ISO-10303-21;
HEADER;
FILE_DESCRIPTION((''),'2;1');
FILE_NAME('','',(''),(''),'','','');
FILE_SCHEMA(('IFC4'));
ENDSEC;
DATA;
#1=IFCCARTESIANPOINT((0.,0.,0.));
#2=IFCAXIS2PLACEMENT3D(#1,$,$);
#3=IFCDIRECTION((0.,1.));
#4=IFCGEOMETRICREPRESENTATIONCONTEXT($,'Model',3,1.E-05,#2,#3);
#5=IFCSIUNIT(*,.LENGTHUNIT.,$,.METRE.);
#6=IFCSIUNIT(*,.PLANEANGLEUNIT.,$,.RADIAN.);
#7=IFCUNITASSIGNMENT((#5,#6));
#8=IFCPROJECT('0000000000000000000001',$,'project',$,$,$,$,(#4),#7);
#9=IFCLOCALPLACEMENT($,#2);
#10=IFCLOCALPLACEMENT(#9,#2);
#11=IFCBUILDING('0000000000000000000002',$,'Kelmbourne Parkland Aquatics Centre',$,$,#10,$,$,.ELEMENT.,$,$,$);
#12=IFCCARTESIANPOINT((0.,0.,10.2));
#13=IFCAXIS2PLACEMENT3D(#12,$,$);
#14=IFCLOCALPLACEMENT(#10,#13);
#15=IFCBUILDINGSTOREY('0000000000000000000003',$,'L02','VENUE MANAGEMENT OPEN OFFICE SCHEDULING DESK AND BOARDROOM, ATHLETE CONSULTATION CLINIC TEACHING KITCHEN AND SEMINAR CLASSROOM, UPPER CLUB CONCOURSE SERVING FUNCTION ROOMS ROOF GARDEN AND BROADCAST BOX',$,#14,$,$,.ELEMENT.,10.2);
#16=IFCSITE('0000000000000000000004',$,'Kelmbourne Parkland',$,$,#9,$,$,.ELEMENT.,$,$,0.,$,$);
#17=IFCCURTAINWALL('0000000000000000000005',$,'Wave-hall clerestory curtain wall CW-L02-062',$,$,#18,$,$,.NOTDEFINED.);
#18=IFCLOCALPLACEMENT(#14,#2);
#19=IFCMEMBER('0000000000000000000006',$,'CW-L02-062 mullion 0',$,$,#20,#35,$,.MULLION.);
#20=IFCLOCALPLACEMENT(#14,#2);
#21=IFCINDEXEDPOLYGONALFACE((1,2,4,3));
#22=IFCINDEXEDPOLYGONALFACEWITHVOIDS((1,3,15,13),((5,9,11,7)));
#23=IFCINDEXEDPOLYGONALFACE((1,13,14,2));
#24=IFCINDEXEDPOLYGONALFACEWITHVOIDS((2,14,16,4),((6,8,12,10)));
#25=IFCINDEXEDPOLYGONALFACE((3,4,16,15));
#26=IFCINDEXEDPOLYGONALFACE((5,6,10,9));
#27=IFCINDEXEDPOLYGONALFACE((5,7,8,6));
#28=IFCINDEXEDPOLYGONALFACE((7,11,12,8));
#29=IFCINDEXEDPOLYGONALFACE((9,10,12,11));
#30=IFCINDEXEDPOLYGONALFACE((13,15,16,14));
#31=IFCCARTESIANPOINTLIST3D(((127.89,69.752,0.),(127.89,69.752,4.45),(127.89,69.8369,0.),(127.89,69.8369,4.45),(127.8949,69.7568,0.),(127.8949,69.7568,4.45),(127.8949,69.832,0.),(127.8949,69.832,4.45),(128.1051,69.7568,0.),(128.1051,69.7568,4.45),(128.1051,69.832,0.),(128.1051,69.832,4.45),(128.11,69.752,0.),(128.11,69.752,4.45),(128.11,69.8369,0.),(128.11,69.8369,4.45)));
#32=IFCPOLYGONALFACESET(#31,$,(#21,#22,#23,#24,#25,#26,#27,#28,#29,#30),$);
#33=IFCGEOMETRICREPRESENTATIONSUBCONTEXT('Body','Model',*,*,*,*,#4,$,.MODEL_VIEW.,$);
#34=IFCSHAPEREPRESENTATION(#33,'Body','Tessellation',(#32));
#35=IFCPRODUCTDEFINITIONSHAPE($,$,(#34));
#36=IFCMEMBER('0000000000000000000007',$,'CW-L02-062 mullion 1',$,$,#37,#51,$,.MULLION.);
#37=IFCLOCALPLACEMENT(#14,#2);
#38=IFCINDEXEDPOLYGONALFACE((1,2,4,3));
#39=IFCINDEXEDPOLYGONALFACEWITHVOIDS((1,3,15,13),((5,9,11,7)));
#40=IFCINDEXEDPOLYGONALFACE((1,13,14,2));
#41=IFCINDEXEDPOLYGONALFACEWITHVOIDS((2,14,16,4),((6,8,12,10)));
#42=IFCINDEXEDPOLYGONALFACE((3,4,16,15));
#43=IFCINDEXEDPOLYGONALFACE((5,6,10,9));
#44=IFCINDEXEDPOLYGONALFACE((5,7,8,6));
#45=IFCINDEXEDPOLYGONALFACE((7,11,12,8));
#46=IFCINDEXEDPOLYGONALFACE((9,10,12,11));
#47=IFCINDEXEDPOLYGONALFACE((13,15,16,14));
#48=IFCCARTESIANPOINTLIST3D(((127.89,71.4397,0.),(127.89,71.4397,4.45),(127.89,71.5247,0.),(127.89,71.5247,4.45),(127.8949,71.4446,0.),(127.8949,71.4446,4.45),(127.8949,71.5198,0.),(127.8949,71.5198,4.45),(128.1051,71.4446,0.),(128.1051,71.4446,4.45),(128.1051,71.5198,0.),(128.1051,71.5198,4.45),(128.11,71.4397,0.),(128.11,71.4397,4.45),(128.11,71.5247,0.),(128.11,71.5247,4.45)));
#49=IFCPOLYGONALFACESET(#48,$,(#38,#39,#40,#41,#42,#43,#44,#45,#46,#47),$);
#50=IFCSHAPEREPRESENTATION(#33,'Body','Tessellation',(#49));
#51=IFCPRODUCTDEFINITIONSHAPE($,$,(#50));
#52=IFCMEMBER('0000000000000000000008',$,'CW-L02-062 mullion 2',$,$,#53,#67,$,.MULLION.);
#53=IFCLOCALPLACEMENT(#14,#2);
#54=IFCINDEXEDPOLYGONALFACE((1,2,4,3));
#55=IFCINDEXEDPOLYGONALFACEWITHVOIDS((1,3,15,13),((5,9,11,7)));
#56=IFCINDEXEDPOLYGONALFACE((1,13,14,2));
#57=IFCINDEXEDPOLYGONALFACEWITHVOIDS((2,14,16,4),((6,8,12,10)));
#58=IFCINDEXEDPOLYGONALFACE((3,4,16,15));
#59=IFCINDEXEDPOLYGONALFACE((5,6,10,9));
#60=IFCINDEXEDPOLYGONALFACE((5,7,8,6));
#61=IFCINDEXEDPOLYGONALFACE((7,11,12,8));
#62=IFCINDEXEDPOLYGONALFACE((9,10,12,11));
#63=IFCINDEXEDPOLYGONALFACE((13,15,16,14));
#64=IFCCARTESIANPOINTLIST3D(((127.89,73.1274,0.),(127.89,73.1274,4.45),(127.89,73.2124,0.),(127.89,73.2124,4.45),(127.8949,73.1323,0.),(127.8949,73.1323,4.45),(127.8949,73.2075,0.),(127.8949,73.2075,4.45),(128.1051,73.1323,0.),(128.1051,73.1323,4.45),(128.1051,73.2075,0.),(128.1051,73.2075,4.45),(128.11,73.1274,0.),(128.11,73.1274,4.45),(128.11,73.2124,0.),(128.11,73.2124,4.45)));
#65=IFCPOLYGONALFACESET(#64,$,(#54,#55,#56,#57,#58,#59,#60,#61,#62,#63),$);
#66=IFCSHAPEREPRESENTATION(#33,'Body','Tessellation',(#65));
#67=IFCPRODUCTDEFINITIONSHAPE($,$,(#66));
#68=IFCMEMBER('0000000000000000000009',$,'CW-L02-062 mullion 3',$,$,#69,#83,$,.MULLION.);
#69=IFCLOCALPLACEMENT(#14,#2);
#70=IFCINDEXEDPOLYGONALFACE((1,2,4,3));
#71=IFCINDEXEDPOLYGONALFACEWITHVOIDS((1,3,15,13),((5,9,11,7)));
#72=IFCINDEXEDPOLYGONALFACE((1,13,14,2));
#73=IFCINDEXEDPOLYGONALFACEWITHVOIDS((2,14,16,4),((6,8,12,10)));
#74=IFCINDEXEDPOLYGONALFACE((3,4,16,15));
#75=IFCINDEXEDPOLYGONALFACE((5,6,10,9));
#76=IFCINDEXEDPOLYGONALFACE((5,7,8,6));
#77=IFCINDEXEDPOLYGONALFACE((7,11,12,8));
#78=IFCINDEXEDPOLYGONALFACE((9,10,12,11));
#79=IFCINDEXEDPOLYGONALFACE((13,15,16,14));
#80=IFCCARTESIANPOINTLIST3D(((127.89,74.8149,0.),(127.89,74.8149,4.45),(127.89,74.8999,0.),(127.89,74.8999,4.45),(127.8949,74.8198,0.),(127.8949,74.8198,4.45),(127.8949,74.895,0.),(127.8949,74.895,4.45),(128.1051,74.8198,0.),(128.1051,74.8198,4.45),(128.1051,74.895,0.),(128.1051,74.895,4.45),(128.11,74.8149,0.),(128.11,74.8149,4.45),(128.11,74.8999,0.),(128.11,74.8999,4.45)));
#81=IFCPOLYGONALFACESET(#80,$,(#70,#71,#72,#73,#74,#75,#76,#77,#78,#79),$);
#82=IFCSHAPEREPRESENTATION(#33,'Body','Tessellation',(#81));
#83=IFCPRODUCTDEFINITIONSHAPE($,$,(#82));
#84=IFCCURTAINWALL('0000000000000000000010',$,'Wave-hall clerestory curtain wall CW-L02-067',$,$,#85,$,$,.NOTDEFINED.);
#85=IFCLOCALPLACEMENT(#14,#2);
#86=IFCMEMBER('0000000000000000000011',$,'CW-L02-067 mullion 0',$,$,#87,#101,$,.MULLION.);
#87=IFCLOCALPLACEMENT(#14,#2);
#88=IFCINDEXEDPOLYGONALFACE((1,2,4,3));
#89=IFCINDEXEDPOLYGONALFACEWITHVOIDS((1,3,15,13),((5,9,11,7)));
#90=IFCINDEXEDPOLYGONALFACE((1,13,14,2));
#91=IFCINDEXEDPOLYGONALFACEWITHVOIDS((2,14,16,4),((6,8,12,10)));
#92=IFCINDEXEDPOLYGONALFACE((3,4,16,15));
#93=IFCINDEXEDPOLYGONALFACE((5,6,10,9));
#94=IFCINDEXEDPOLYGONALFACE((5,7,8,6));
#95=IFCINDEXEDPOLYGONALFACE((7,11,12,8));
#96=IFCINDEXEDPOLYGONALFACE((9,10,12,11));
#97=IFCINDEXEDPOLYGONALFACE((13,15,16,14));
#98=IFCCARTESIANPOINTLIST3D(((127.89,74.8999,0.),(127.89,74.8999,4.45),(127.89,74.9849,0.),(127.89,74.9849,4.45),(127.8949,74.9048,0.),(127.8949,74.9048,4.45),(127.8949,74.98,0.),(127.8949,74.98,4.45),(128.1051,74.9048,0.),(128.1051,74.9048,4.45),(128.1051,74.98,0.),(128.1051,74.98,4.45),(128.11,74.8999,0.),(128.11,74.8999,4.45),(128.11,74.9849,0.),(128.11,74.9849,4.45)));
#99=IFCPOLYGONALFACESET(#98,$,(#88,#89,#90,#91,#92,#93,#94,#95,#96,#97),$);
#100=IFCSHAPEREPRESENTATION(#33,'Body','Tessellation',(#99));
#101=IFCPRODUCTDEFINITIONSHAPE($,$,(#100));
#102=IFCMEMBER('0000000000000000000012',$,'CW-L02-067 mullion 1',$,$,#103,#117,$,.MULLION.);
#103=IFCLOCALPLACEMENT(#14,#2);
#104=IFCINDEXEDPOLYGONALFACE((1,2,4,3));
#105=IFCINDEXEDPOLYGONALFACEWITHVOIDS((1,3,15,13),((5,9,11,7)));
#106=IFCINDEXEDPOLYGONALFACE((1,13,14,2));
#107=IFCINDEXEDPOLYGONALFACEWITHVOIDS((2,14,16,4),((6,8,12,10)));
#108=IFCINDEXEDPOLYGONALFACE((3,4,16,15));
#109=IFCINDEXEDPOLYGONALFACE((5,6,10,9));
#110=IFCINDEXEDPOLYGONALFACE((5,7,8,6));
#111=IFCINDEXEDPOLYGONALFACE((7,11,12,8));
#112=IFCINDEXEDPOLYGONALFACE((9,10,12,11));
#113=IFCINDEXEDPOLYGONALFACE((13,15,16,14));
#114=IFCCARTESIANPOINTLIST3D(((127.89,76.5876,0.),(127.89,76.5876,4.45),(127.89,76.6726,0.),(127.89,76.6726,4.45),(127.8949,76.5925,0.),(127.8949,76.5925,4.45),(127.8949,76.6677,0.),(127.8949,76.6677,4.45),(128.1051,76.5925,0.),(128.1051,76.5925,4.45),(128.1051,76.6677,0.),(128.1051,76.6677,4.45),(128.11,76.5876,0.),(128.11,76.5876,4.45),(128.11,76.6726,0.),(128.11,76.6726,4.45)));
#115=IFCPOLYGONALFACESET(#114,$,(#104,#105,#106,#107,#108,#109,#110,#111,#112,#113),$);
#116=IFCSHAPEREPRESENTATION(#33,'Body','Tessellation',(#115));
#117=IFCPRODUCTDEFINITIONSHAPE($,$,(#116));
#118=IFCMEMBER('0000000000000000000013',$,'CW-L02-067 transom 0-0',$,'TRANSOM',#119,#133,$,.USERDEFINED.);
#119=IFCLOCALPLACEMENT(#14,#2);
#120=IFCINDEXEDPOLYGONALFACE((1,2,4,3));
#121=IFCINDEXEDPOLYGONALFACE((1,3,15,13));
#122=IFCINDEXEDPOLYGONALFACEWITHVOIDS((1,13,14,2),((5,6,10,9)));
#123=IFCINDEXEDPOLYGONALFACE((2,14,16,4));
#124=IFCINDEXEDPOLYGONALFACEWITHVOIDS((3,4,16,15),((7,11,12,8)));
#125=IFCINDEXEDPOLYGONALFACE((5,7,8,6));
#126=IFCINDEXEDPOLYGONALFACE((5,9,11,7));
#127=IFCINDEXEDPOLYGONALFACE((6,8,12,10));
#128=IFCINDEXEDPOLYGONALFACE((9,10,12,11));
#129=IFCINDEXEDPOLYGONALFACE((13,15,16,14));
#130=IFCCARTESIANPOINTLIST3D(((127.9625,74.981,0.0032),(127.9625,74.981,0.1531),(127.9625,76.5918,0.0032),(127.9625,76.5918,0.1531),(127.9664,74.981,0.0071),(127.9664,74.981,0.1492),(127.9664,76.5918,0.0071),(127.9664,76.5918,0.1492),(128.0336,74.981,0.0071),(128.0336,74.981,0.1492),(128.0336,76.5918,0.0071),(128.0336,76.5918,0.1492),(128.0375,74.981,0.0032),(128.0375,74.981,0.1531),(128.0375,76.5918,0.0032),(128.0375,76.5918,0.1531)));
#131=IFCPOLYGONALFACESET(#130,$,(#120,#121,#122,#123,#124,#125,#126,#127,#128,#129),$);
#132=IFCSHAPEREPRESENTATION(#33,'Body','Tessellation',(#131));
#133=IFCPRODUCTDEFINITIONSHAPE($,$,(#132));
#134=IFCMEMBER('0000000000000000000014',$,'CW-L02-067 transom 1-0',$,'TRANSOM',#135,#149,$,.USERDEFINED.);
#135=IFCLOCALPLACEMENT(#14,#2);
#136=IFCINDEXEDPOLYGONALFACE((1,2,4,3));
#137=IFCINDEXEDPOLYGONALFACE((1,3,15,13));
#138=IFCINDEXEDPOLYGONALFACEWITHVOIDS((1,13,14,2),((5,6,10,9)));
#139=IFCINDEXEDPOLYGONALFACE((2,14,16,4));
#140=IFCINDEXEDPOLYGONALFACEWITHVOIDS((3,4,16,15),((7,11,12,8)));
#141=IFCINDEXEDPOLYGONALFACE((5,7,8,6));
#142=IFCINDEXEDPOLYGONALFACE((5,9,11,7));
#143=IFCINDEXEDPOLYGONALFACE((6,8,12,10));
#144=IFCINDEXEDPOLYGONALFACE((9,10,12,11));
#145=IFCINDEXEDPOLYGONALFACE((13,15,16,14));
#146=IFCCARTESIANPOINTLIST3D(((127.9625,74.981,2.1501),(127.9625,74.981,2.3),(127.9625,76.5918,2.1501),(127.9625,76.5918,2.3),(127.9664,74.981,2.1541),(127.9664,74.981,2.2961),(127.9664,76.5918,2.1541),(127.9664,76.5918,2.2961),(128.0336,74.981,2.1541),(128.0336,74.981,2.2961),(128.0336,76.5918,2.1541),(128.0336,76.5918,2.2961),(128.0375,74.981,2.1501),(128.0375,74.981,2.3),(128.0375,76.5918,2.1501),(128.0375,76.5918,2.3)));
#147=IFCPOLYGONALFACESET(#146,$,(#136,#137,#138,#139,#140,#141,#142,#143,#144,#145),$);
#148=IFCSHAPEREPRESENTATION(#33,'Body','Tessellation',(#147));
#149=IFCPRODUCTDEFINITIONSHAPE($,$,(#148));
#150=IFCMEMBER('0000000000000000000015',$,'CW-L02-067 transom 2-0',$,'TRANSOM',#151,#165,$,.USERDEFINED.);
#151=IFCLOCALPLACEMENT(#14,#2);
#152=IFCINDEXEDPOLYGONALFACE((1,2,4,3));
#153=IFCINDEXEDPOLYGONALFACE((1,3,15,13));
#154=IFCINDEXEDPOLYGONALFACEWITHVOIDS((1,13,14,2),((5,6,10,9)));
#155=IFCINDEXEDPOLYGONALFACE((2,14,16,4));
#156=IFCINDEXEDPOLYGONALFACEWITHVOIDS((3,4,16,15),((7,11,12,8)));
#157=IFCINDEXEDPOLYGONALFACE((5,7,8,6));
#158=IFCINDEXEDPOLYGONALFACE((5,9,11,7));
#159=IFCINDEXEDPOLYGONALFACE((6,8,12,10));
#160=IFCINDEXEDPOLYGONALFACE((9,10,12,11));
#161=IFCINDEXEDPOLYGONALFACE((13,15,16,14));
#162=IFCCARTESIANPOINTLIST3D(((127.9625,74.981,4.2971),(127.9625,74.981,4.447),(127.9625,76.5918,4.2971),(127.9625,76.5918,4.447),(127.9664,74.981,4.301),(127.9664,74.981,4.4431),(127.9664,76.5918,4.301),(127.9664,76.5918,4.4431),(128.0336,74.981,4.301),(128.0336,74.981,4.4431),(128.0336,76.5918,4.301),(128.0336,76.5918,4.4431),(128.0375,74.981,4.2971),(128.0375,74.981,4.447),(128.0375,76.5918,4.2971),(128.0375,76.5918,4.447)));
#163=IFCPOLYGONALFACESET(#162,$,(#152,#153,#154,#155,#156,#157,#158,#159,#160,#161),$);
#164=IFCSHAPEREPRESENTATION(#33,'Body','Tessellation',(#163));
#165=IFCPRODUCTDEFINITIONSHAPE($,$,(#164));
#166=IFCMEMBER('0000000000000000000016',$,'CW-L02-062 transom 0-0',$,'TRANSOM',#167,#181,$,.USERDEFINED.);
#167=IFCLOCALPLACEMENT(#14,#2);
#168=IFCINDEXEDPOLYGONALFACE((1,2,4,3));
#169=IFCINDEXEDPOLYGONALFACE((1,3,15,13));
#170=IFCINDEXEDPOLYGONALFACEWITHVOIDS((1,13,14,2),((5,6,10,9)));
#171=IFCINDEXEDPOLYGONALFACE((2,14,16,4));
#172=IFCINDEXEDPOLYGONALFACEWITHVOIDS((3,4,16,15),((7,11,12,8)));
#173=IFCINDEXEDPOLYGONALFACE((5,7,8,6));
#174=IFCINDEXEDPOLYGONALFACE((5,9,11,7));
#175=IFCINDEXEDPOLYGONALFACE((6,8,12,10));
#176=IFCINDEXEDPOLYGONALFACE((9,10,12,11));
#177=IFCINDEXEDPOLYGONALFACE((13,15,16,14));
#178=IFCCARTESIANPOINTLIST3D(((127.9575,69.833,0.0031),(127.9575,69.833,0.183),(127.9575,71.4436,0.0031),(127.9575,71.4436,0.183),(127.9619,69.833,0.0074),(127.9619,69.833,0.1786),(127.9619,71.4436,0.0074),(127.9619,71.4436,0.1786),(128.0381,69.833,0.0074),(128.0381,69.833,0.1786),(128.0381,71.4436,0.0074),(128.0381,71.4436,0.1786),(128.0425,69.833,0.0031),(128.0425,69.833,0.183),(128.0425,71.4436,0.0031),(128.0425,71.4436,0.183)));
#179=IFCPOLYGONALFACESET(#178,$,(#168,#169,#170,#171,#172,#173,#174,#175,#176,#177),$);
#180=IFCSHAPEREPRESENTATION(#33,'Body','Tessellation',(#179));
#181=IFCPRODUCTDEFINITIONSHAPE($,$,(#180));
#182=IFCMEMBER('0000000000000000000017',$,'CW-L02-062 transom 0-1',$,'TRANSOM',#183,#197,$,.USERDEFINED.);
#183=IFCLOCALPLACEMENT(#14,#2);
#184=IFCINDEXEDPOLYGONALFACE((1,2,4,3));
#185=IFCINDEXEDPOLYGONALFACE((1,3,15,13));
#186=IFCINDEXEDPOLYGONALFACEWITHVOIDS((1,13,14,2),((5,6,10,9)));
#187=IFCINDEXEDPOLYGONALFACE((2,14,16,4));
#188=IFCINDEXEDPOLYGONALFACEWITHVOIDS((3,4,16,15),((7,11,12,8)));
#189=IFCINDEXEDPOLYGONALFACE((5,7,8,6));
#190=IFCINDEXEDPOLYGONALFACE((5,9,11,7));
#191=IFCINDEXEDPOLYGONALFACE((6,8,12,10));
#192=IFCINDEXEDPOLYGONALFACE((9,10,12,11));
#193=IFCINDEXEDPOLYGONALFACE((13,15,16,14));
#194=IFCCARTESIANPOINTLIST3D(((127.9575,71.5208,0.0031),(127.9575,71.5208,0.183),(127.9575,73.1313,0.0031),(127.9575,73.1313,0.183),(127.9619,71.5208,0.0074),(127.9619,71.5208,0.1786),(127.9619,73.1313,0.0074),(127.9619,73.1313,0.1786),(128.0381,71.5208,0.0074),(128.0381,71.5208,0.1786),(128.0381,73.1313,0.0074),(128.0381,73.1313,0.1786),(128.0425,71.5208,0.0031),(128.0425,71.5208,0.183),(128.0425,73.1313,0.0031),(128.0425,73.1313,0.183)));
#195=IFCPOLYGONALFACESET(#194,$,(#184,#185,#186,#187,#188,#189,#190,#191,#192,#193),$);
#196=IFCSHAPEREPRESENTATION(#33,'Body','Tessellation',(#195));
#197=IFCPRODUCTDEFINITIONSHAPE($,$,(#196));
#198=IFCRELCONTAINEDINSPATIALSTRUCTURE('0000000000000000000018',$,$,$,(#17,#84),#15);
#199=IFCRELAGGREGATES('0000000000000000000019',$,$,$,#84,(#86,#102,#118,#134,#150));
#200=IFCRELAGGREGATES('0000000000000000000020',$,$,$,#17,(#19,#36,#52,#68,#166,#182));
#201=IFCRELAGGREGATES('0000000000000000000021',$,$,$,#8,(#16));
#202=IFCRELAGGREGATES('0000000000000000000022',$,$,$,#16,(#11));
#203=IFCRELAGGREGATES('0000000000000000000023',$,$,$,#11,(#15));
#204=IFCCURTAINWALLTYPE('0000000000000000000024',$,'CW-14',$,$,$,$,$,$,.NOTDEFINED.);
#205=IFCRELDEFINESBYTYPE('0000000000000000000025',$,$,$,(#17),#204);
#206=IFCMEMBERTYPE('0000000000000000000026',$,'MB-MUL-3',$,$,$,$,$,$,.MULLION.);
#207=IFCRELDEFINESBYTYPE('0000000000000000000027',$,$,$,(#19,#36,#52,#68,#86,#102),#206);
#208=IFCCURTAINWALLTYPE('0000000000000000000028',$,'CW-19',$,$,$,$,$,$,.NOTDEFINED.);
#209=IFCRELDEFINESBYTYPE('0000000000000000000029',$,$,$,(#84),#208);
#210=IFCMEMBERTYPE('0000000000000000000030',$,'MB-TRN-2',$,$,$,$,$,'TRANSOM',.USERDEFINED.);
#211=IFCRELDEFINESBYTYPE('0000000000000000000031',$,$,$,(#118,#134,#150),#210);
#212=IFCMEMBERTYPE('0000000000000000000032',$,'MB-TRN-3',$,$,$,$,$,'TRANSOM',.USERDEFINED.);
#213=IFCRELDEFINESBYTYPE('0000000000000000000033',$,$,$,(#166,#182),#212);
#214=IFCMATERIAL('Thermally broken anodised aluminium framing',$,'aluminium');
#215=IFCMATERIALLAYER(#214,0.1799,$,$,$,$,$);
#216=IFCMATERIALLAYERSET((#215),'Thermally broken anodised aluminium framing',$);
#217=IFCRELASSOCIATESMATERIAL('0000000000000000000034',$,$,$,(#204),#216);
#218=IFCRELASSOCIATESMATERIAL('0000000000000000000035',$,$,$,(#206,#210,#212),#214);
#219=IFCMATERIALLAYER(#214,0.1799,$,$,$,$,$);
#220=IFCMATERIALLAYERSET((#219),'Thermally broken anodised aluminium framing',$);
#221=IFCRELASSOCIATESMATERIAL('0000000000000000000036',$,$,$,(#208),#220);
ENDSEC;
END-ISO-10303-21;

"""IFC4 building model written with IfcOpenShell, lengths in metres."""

from ifc_helpers import new_model, si_unit, direction, frame, origin, origin_2d, place, context, subcontext, project, spatial, hollow_rectangle, extrude, material, layer, layer_set, material_profile, profile_set, type_object, element, aggregate, save


model = new_model("IFC4")

# Units and contexts
model_context = context("Model", 3, precision=1e-05, world=origin(), true_north=direction((0.0, 1.0)))
body_context = subcontext(model_context, "Body", "Model", "MODEL_VIEW")
ifc_project = project(units=[si_unit("LENGTHUNIT", "METRE"), si_unit("PLANEANGLEUNIT", "RADIAN")], contexts=[model_context])

# Site, building, storey
site_placement = place(None, origin())
site = spatial("IfcSite", under=ifc_project, at=site_placement, Name="Kelmbourne Parkland", CompositionType="ELEMENT", RefElevation=0.0)
building_placement = place(site_placement, origin())
building = spatial("IfcBuilding", under=site, at=building_placement, Name="Kelmbourne Parkland Aquatics Centre", CompositionType="ELEMENT")
storey_placement = place(building_placement, frame((0.0, 0.0, 10.2)))
storey = spatial("IfcBuildingStorey", under=building, at=storey_placement, Name="L02", Description="VENUE MANAGEMENT OPEN OFFICE SCHEDULING DESK AND BOARDROOM, ATHLETE CONSULTATION CLINIC TEACHING KITCHEN AND SEMINAR CLASSROOM, UPPER CLUB CONCOURSE SERVING FUNCTION ROOMS ROOF GARDEN AND BROADCAST BOX", CompositionType="ELEMENT", Elevation=10.2)

# Curtain walls, members
ifc_material_1 = material(Name="Thermally broken anodised aluminium framing", Category="aluminium")
ifc_layer_1 = layer(ifc_material_1, 0.1799)
ifc_layer_set_1 = layer_set([ifc_layer_1], Name="Thermally broken anodised aluminium framing")
curtain_wall_type_1 = type_object("IfcCurtainWallType", Name="CW-14", PredefinedType="NOTDEFINED", material=ifc_layer_set_1)
curtain_wall_1_placement = place(storey_placement, origin())
curtain_wall_1 = element("IfcCurtainWall", 1, at=curtain_wall_1_placement, inside=storey, type_object=curtain_wall_type_1, Name="Wave-hall clerestory curtain wall CW-L02-062", PredefinedType="NOTDEFINED")
ifc_material_profile_1 = material_profile(ifc_material_1, hollow_rectangle(XDim=0.085, YDim=0.22, WallThickness=0.0049, at=origin_2d()), Name="CW-M 85x220")
ifc_profile_set_1 = profile_set([ifc_material_profile_1], Name="Thermally broken anodised aluminium framing")
member_type_1 = type_object("IfcMemberType", Name="MB-MUL-3", PredefinedType="MULLION", material=ifc_profile_set_1)
member_1_placement = place(storey_placement, frame((128.0, 69.7944, 0.0), z_axis=(0.0, 0.0, 1.0), x_axis=(0.0, 1.0, 0.0)))
member_1 = element("IfcMember", 2, at=member_1_placement, type_object=member_type_1, Name="CW-L02-062 mullion 0", PredefinedType="MULLION", context=body_context, shape_type="SweptSolid", body=[
    extrude(hollow_rectangle(XDim=0.085, YDim=0.22, WallThickness=0.0049, at=origin_2d()), origin(), (0.0, 0.0, 1.0), 4.45),
])
member_2_placement = place(storey_placement, frame((128.0, 71.4822, 0.0), z_axis=(0.0, 0.0, 1.0), x_axis=(0.0, 1.0, 0.0)))
member_2 = element("IfcMember", 3, at=member_2_placement, type_object=member_type_1, Name="CW-L02-062 mullion 1", PredefinedType="MULLION", context=body_context, shape_type="SweptSolid", body=[
    extrude(hollow_rectangle(XDim=0.085, YDim=0.22, WallThickness=0.0049, at=origin_2d()), origin(), (0.0, 0.0, 1.0), 4.45),
])
member_3_placement = place(storey_placement, frame((128.0, 73.1699, 0.0), z_axis=(0.0, 0.0, 1.0), x_axis=(0.0, 1.0, 0.0)))
member_3 = element("IfcMember", 4, at=member_3_placement, type_object=member_type_1, Name="CW-L02-062 mullion 2", PredefinedType="MULLION", context=body_context, shape_type="SweptSolid", body=[
    extrude(hollow_rectangle(XDim=0.085, YDim=0.22, WallThickness=0.0049, at=origin_2d()), origin(), (0.0, 0.0, 1.0), 4.45),
])
member_4_placement = place(storey_placement, frame((128.0, 74.8574, 0.0), z_axis=(0.0, 0.0, 1.0), x_axis=(0.0, 1.0, 0.0)))
member_4 = element("IfcMember", 5, at=member_4_placement, type_object=member_type_1, Name="CW-L02-062 mullion 3", PredefinedType="MULLION", context=body_context, shape_type="SweptSolid", body=[
    extrude(hollow_rectangle(XDim=0.085, YDim=0.22, WallThickness=0.0049, at=origin_2d()), origin(), (0.0, 0.0, 1.0), 4.45),
])
ifc_layer_2 = layer(ifc_material_1, 0.1799)
ifc_layer_set_2 = layer_set([ifc_layer_2], Name="Thermally broken anodised aluminium framing")
curtain_wall_type_2 = type_object("IfcCurtainWallType", Name="CW-19", PredefinedType="NOTDEFINED", material=ifc_layer_set_2)
curtain_wall_2_placement = place(storey_placement, origin())
curtain_wall_2 = element("IfcCurtainWall", 6, at=curtain_wall_2_placement, inside=storey, type_object=curtain_wall_type_2, Name="Wave-hall clerestory curtain wall CW-L02-067", PredefinedType="NOTDEFINED")
member_5_placement = place(storey_placement, frame((128.0, 74.9424, 0.0), z_axis=(0.0, 0.0, 1.0), x_axis=(0.0, 1.0, 0.0)))
member_5 = element("IfcMember", 7, at=member_5_placement, type_object=member_type_1, Name="CW-L02-067 mullion 0", PredefinedType="MULLION", context=body_context, shape_type="SweptSolid", body=[
    extrude(hollow_rectangle(XDim=0.085, YDim=0.22, WallThickness=0.0049, at=origin_2d()), origin(), (0.0, 0.0, 1.0), 4.45),
])
member_6_placement = place(storey_placement, frame((128.0, 76.6301, 0.0), z_axis=(0.0, 0.0, 1.0), x_axis=(0.0, 1.0, 0.0)))
member_6 = element("IfcMember", 8, at=member_6_placement, type_object=member_type_1, Name="CW-L02-067 mullion 1", PredefinedType="MULLION", context=body_context, shape_type="SweptSolid", body=[
    extrude(hollow_rectangle(XDim=0.085, YDim=0.22, WallThickness=0.0049, at=origin_2d()), origin(), (0.0, 0.0, 1.0), 4.45),
])
ifc_material_profile_2 = material_profile(ifc_material_1, hollow_rectangle(XDim=0.075, YDim=0.1499, WallThickness=0.0039, at=origin_2d()), Name="CW-T 75x150")
ifc_profile_set_2 = profile_set([ifc_material_profile_2], Name="Thermally broken anodised aluminium framing")
member_type_2 = type_object("IfcMemberType", Name="MB-TRN-2", ElementType="TRANSOM", PredefinedType="USERDEFINED", material=ifc_profile_set_2)
member_7_placement = place(storey_placement, frame((128.0, 74.981, 0.0781), z_axis=(0.0, 1.0, 0.0), x_axis=(-1.0, 0.0, 0.0)))
member_7 = element("IfcMember", 9, at=member_7_placement, type_object=member_type_2, Name="CW-L02-067 transom 0-0", ObjectType="TRANSOM", PredefinedType="USERDEFINED", context=body_context, shape_type="SweptSolid", body=[
    extrude(hollow_rectangle(XDim=0.075, YDim=0.1499, WallThickness=0.0039, at=origin_2d()), origin(), (0.0, 0.0, 1.0), 1.6108),
])
member_8_placement = place(storey_placement, frame((128.0, 74.981, 2.2251), z_axis=(0.0, 1.0, 0.0), x_axis=(-1.0, 0.0, 0.0)))
member_8 = element("IfcMember", 10, at=member_8_placement, type_object=member_type_2, Name="CW-L02-067 transom 1-0", ObjectType="TRANSOM", PredefinedType="USERDEFINED", context=body_context, shape_type="SweptSolid", body=[
    extrude(hollow_rectangle(XDim=0.075, YDim=0.1499, WallThickness=0.0039, at=origin_2d()), origin(), (0.0, 0.0, 1.0), 1.6108),
])
member_9_placement = place(storey_placement, frame((128.0, 74.981, 4.3721), z_axis=(0.0, 1.0, 0.0), x_axis=(-1.0, 0.0, 0.0)))
member_9 = element("IfcMember", 11, at=member_9_placement, type_object=member_type_2, Name="CW-L02-067 transom 2-0", ObjectType="TRANSOM", PredefinedType="USERDEFINED", context=body_context, shape_type="SweptSolid", body=[
    extrude(hollow_rectangle(XDim=0.075, YDim=0.1499, WallThickness=0.0039, at=origin_2d()), origin(), (0.0, 0.0, 1.0), 1.6108),
])

# Members
ifc_material_profile_3 = material_profile(ifc_material_1, hollow_rectangle(XDim=0.085, YDim=0.1799, WallThickness=0.0044, at=origin_2d()), Name="CW-T 85x180")
ifc_profile_set_3 = profile_set([ifc_material_profile_3], Name="Thermally broken anodised aluminium framing")
member_type_3 = type_object("IfcMemberType", Name="MB-TRN-3", ElementType="TRANSOM", PredefinedType="USERDEFINED", material=ifc_profile_set_3)
member_10_placement = place(storey_placement, frame((128.0, 69.833, 0.093), z_axis=(0.0, 1.0, 0.0), x_axis=(-1.0, 0.0, 0.0)))
member_10 = element("IfcMember", 12, at=member_10_placement, type_object=member_type_3, Name="CW-L02-062 transom 0-0", ObjectType="TRANSOM", PredefinedType="USERDEFINED", context=body_context, shape_type="SweptSolid", body=[
    extrude(hollow_rectangle(XDim=0.085, YDim=0.1799, WallThickness=0.0044, at=origin_2d()), origin(), (0.0, 0.0, 1.0), 1.6106),
])
member_11_placement = place(storey_placement, frame((128.0, 71.5208, 0.093), z_axis=(0.0, 1.0, 0.0), x_axis=(-1.0, 0.0, 0.0)))
member_11 = element("IfcMember", 13, at=member_11_placement, type_object=member_type_3, Name="CW-L02-062 transom 0-1", ObjectType="TRANSOM", PredefinedType="USERDEFINED", context=body_context, shape_type="SweptSolid", body=[
    extrude(hollow_rectangle(XDim=0.085, YDim=0.1799, WallThickness=0.0044, at=origin_2d()), origin(), (0.0, 0.0, 1.0), 1.6106),
])

aggregate(curtain_wall_2, [member_5, member_6, member_7, member_8, member_9])
aggregate(curtain_wall_1, [member_1, member_2, member_3, member_4, member_10, member_11])

save(model, "model.ifc")
